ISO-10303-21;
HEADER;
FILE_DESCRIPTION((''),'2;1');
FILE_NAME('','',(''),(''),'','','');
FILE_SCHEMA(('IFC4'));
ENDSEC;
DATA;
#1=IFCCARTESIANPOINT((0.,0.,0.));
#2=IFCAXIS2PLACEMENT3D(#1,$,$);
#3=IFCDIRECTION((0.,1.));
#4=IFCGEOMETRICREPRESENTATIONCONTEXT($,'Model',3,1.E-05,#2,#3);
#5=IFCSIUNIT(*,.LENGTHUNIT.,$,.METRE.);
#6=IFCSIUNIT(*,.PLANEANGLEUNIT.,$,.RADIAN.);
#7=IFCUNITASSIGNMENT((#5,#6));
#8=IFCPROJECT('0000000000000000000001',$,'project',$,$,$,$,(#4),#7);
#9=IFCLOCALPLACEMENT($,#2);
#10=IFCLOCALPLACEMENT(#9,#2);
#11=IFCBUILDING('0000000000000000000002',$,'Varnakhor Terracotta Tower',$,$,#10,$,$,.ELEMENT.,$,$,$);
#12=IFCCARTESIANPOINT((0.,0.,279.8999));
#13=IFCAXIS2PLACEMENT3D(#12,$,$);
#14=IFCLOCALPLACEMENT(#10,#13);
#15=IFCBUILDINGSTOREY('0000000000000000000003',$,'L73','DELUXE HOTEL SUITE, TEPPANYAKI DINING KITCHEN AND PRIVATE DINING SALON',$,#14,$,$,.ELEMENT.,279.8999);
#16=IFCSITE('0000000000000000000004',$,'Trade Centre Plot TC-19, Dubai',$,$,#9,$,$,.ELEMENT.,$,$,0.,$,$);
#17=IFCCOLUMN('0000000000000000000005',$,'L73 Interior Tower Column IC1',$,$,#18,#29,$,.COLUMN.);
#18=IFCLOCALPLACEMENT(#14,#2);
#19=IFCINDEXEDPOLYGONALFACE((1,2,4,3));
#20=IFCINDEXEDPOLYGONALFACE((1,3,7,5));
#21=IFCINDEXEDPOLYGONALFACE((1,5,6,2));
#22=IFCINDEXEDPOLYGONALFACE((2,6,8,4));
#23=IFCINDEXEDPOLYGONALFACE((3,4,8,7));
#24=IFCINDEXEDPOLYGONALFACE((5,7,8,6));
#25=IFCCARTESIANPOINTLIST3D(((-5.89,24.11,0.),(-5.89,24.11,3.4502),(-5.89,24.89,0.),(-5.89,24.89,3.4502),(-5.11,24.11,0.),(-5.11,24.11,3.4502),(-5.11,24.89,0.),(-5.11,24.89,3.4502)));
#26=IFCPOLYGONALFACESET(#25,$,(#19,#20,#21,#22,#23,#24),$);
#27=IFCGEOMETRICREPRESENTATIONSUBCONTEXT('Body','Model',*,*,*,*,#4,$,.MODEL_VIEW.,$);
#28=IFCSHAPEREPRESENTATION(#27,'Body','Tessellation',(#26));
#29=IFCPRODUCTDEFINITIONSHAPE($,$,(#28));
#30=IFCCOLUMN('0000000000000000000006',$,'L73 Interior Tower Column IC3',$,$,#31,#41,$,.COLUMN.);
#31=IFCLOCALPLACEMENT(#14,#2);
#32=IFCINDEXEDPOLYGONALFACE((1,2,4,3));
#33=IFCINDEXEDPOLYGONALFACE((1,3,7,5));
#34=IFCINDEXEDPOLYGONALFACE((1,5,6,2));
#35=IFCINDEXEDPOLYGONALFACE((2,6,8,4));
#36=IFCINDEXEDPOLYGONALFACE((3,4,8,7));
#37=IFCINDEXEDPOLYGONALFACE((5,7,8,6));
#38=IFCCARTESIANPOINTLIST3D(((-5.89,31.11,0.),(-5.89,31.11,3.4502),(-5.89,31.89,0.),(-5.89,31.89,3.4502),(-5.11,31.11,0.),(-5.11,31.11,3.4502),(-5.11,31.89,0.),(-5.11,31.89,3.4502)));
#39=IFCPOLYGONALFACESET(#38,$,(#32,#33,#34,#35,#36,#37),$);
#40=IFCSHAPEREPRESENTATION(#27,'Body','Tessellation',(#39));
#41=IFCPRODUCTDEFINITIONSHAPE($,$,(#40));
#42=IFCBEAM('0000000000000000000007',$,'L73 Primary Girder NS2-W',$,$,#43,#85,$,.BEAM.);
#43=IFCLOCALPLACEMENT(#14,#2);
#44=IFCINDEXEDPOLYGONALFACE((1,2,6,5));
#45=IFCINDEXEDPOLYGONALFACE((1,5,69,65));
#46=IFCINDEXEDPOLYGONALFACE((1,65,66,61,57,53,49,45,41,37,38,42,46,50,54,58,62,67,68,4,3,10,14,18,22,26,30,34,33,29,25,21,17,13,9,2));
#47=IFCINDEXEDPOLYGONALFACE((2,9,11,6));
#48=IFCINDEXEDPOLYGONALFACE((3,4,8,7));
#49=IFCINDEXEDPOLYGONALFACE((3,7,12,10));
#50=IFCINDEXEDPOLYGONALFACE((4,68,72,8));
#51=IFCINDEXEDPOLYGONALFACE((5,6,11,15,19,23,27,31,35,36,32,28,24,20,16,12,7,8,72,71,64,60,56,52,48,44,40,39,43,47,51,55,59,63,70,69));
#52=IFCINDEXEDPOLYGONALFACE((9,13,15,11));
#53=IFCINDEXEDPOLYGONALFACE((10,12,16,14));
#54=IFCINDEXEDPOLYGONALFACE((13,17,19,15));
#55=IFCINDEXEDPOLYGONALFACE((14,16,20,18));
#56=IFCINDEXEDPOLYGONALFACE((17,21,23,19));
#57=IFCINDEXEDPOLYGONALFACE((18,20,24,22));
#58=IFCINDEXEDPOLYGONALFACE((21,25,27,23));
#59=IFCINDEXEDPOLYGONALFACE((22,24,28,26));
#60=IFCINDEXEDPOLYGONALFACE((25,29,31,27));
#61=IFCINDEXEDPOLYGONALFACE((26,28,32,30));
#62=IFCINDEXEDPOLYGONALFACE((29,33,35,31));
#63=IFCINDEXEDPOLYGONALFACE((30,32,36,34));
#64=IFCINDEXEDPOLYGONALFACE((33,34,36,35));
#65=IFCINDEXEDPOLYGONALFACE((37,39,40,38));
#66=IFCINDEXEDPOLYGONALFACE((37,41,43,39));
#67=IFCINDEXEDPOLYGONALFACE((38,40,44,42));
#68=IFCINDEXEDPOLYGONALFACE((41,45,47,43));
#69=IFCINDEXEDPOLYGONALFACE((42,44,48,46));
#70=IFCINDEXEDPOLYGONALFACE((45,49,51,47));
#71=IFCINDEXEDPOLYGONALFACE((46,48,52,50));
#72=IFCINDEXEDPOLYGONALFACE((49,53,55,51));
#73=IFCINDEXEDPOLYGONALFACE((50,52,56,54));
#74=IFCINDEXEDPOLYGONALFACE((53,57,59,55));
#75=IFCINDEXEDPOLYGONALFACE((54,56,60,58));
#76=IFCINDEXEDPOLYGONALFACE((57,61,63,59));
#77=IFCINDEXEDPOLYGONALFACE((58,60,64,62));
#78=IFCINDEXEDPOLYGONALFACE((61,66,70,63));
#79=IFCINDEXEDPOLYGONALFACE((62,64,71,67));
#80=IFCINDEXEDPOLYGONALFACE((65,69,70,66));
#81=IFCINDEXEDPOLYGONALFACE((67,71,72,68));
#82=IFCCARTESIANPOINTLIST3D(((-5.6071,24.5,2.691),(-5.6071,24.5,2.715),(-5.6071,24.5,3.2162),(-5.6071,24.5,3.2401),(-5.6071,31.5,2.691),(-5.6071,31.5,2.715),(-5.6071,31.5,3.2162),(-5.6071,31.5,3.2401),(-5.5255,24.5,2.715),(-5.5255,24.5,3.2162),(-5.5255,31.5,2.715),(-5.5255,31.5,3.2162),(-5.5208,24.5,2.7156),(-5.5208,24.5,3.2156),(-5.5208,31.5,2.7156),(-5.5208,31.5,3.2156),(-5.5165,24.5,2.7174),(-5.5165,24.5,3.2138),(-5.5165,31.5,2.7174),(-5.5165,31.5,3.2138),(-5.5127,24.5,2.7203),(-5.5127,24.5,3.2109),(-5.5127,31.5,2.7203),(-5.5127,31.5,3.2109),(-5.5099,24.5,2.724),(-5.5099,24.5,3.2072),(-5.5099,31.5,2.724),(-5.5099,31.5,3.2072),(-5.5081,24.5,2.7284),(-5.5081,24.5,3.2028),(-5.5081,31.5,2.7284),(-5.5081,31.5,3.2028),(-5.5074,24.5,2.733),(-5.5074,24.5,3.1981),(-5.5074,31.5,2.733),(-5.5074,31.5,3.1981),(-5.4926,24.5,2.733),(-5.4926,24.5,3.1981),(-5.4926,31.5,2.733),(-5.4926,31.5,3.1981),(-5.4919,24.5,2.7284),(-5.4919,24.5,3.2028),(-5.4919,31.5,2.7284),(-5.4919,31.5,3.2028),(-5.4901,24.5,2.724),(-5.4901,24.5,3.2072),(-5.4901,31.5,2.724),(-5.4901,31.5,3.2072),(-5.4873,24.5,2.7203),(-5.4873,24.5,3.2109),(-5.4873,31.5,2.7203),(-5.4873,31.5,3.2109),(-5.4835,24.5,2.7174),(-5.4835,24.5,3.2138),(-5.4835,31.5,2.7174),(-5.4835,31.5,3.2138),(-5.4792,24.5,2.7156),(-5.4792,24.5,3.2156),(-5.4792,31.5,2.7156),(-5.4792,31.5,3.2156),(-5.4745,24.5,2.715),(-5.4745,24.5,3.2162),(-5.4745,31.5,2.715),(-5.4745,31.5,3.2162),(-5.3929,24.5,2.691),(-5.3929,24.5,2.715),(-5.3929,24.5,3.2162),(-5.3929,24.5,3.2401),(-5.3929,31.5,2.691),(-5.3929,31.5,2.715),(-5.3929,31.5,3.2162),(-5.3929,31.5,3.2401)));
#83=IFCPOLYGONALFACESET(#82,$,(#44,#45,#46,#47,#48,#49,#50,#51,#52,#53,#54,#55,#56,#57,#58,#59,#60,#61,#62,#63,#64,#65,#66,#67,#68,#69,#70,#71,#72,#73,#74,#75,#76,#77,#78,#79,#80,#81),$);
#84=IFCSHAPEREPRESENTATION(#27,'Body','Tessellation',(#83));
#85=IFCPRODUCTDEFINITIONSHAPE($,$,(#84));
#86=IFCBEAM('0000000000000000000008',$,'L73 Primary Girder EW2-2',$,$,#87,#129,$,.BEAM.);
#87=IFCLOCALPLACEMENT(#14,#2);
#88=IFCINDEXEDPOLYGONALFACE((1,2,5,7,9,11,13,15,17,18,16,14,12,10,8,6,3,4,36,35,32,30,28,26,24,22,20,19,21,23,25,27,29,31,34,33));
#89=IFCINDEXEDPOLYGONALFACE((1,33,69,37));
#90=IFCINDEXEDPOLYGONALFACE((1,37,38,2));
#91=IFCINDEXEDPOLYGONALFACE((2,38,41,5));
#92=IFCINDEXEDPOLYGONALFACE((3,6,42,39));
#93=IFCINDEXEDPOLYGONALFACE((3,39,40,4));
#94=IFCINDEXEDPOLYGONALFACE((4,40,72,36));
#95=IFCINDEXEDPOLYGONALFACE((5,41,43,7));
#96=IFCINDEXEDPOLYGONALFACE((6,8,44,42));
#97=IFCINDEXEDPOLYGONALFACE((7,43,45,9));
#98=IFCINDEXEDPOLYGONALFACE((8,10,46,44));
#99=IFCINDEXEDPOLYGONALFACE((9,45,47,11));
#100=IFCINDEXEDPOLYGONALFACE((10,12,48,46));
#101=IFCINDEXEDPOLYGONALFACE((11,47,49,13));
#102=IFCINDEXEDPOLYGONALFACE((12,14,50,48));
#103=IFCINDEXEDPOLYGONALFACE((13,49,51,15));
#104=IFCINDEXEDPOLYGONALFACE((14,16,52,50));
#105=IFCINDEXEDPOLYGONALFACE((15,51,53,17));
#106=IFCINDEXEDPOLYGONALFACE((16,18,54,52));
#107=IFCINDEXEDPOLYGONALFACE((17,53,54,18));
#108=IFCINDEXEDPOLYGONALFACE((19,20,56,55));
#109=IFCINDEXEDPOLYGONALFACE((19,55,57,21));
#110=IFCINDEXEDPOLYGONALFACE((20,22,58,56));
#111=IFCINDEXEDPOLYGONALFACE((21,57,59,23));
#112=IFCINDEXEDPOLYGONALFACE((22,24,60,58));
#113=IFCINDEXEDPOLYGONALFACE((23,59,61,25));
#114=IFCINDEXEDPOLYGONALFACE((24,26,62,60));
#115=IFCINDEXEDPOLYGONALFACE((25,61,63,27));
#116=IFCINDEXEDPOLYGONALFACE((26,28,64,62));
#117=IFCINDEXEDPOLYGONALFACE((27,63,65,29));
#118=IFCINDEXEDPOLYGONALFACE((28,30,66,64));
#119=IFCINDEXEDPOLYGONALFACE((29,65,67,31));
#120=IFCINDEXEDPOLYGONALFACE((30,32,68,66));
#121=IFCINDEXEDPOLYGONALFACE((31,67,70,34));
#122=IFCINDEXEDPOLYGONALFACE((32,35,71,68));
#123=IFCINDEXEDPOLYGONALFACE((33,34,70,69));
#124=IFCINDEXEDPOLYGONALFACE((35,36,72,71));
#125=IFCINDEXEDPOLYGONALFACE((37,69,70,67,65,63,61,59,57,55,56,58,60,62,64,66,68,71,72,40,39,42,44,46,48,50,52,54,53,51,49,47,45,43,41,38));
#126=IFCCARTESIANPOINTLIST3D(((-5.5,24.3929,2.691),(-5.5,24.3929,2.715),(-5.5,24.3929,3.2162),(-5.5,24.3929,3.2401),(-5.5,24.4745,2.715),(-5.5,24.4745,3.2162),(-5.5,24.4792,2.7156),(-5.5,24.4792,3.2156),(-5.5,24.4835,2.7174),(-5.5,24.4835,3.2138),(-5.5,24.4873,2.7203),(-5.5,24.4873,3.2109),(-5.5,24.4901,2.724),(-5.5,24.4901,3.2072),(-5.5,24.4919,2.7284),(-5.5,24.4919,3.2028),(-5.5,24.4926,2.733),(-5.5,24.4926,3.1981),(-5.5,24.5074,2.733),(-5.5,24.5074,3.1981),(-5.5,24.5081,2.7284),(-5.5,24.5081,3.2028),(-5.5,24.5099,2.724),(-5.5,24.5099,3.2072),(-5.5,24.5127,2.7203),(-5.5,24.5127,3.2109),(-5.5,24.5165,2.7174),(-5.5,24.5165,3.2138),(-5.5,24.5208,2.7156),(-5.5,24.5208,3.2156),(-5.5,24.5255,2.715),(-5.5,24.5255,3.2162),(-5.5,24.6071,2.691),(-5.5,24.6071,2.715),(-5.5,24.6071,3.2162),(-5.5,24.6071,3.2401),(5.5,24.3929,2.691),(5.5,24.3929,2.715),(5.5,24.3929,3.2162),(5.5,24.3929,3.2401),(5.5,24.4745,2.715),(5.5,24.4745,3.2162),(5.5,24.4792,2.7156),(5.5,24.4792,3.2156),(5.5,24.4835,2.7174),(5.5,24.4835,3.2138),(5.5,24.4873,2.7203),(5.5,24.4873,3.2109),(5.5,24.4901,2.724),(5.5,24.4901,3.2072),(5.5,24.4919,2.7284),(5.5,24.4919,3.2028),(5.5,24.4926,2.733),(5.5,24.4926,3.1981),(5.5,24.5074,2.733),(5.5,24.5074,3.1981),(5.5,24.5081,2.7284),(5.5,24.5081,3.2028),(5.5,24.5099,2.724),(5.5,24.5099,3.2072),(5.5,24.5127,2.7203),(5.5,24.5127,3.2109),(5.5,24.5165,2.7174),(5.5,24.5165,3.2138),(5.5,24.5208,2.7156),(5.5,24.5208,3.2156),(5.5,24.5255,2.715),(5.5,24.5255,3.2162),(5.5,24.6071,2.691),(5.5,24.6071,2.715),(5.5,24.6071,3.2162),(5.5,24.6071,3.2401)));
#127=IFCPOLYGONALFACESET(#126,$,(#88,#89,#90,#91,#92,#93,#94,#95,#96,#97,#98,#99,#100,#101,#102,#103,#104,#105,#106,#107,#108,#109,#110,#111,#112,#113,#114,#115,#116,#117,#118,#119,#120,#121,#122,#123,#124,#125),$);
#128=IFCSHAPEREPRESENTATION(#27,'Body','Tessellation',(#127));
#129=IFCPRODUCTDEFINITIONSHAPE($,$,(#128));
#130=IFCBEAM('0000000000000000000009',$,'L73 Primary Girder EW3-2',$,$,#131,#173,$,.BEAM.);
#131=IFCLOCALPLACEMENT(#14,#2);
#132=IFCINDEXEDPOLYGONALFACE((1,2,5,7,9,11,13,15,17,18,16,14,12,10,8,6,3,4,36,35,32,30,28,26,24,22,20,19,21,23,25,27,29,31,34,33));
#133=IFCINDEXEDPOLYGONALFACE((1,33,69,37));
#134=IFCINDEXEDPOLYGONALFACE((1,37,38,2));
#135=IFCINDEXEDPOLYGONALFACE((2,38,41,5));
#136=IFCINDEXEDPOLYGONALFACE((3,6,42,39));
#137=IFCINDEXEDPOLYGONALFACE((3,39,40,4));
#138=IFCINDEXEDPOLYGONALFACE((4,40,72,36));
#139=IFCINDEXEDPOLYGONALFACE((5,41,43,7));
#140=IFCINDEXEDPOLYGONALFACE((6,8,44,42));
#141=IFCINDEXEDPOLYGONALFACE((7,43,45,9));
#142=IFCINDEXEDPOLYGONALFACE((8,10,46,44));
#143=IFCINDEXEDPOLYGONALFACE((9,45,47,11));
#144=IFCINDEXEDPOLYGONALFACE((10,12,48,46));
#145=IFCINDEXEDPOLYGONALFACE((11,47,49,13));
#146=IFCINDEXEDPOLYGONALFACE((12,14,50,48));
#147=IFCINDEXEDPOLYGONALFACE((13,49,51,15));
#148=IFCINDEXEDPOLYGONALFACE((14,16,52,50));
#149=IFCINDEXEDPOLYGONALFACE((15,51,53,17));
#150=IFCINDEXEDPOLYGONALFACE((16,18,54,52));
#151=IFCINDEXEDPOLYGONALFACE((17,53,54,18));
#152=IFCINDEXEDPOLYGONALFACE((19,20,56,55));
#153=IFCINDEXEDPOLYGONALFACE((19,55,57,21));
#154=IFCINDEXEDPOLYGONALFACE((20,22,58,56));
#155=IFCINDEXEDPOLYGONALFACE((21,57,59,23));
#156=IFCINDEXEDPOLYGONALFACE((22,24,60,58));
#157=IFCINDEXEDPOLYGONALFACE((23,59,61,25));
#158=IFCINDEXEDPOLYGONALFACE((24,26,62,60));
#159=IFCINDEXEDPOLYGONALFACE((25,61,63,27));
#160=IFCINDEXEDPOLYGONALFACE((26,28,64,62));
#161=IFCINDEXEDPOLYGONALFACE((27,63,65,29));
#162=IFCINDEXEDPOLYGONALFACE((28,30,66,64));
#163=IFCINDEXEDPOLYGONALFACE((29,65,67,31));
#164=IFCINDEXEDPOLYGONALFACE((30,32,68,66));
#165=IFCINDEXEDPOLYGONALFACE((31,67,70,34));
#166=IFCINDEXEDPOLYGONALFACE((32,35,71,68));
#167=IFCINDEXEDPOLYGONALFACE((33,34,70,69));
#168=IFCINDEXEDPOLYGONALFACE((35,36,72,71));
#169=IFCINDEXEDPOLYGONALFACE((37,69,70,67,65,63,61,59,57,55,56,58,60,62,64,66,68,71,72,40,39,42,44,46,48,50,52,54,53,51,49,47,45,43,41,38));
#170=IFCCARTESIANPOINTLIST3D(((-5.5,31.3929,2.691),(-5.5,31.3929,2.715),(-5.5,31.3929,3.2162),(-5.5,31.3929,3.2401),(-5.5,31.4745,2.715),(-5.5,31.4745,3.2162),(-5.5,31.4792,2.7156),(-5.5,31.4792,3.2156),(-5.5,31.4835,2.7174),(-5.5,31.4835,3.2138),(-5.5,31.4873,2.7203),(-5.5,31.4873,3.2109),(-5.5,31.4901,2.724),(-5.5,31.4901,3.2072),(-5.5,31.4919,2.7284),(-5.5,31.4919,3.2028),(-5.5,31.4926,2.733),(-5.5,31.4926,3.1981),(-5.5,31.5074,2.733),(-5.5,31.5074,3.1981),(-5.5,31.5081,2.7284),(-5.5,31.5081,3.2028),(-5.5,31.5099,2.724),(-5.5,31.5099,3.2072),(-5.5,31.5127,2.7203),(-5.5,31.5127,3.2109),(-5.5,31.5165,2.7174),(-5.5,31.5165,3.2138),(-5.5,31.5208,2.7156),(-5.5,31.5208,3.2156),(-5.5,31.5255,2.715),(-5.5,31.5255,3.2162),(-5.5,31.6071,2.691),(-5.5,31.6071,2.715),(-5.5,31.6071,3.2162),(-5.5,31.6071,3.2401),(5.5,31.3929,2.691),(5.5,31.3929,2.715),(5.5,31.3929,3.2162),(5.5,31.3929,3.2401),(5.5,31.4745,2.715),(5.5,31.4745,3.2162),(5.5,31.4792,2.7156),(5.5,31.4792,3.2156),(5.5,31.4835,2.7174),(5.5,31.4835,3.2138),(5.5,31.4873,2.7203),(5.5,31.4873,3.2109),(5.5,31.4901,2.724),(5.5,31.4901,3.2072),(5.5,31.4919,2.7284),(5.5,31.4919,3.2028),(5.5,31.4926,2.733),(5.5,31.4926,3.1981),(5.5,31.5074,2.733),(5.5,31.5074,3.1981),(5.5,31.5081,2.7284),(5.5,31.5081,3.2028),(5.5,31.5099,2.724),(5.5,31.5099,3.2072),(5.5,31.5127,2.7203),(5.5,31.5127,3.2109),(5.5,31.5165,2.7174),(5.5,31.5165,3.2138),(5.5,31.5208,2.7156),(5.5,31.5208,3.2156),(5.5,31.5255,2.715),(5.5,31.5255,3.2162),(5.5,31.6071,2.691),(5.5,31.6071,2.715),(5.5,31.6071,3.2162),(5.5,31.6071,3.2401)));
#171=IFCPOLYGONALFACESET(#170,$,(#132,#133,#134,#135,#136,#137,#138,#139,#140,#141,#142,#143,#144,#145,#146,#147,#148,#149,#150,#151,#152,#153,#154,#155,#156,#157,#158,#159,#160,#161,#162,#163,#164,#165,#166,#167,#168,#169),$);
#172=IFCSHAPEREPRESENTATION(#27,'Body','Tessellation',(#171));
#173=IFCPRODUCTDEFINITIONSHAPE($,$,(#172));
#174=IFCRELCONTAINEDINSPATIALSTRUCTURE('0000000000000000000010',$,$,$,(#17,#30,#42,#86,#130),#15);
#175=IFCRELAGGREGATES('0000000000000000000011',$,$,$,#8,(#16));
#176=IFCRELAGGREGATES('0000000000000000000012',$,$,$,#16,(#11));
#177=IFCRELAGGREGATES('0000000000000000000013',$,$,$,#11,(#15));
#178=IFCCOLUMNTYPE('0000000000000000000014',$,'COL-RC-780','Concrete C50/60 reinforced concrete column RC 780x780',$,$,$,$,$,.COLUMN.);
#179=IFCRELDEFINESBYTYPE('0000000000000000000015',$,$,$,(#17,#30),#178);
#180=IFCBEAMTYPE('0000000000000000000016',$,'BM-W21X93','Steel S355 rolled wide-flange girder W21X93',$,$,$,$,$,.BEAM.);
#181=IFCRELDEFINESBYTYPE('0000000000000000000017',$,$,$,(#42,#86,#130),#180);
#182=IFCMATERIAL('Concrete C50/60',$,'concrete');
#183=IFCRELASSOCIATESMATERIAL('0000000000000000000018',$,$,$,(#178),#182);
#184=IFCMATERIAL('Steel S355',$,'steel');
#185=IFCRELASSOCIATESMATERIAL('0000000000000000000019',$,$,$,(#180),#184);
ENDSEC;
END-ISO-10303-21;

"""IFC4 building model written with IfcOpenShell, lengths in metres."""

from ifc_helpers import new_model, si_unit, direction, frame, origin, origin_2d, place, context, subcontext, project, spatial, rectangle, i_section, extrude, source, transform, mapped, material, material_profile, profile_set, type_object, element, save


model = new_model("IFC4")

# Units and contexts
model_context = context("Model", 3, precision=1e-05, world=origin(), true_north=direction((0.0, 1.0)))
body_context = subcontext(model_context, "Body", "Model", "MODEL_VIEW")
ifc_project = project(units=[si_unit("LENGTHUNIT", "METRE"), si_unit("PLANEANGLEUNIT", "RADIAN")], contexts=[model_context])

# Site, building, storey
site_placement = place(None, origin())
site = spatial("IfcSite", under=ifc_project, at=site_placement, Name="Trade Centre Plot TC-19, Dubai", CompositionType="ELEMENT", RefElevation=0.0)
building_placement = place(site_placement, origin())
building = spatial("IfcBuilding", under=site, at=building_placement, Name="Varnakhor Terracotta Tower", CompositionType="ELEMENT")
storey_placement = place(building_placement, frame((0.0, 0.0, 279.8999)))
storey = spatial("IfcBuildingStorey", under=building, at=storey_placement, Name="L73", Description="DELUXE HOTEL SUITE, TEPPANYAKI DINING KITCHEN AND PRIVATE DINING SALON", CompositionType="ELEMENT", Elevation=279.8999)

# Columns
ifc_material_1 = material(Name="Concrete C50/60", Category="concrete")
ifc_material_profile_1 = material_profile(ifc_material_1, rectangle(XDim=0.78, YDim=0.78, at=origin_2d()), Name="RC 780x780")
ifc_profile_set_1 = profile_set([ifc_material_profile_1], Name="Concrete C50/60")
column_type = type_object("IfcColumnType", Name="COL-RC-780", Description="Concrete C50/60 reinforced concrete column RC 780x780", PredefinedType="COLUMN", material=ifc_profile_set_1)
shared_shape_1 = source(origin(), body_context, "Body", "SweptSolid", [
    extrude(rectangle(XDim=0.78, YDim=0.78, at=origin_2d()), origin(), (0.0, 0.0, 1.0), 3.4502),
])
for number, where, z_axis, x_axis, name in (
    (1, (-5.5, 24.5, 0.0), (0.0, 0.0, 1.0), (1.0, 0.0, 0.0), "L73 Interior Tower Column IC1"),
    (2, (-5.5, 31.5, 0.0), (0.0, 0.0, 1.0), (1.0, 0.0, 0.0), "L73 Interior Tower Column IC3"),
):
    element("IfcColumn", number, at=place(storey_placement, frame(where, z_axis=z_axis, x_axis=x_axis)), inside=storey, type_object=column_type, Name=name, PredefinedType="COLUMN", context=body_context, shape_type="MappedRepresentation", body=[
        mapped(shared_shape_1, transform((0.0, 0.0, 0.0), scale=1.0)),
    ])

# Beams
ifc_material_2 = material(Name="Steel S355", Category="steel")
ifc_material_profile_2 = material_profile(ifc_material_2, i_section(OverallWidth=0.2141, OverallDepth=0.5491, WebThickness=0.0149, FlangeThickness=0.0239, FilletRadius=0.0181, at=origin_2d()), Name="W21X93")
ifc_profile_set_2 = profile_set([ifc_material_profile_2], Name="Steel S355")
beam_type_1 = type_object("IfcBeamType", Name="BM-W21X93", Description="Steel S355 rolled wide-flange girder W21X93", PredefinedType="BEAM", material=ifc_profile_set_2)
shared_shape_2 = source(origin(), body_context, "Body", "SweptSolid", [
    extrude(i_section(OverallWidth=0.2141, OverallDepth=0.5491, WebThickness=0.0149, FlangeThickness=0.0239, FilletRadius=0.0181, at=origin_2d()), origin(), (0.0, 0.0, 1.0), 7.0),
])
beam_1_placement = place(storey_placement, frame((-5.5, 24.5, 2.9656), z_axis=(0.0, 1.0, 0.0), x_axis=(-1.0, 0.0, 0.0)))
element("IfcBeam", 3, at=beam_1_placement, inside=storey, type_object=beam_type_1, Name="L73 Primary Girder NS2-W", PredefinedType="BEAM", context=body_context, shape_type="MappedRepresentation", body=[
    mapped(shared_shape_2, transform((0.0, 0.0, 0.0), scale=1.0)),
])
shared_shape_3 = source(origin(), body_context, "Body", "SweptSolid", [
    extrude(i_section(OverallWidth=0.2141, OverallDepth=0.5491, WebThickness=0.0149, FlangeThickness=0.0239, FilletRadius=0.0181, at=origin_2d()), origin(), (0.0, 0.0, 1.0), 11.0),
])
for number, where, z_axis, x_axis, name in (
    (4, (-5.5, 24.5, 2.9656), (1.0, 0.0, 0.0), (0.0, 1.0, 0.0), "L73 Primary Girder EW2-2"),
    (5, (-5.5, 31.5, 2.9656), (1.0, 0.0, 0.0), (0.0, 1.0, 0.0), "L73 Primary Girder EW3-2"),
):
    element("IfcBeam", number, at=place(storey_placement, frame(where, z_axis=z_axis, x_axis=x_axis)), inside=storey, type_object=beam_type_1, Name=name, PredefinedType="BEAM", context=body_context, shape_type="MappedRepresentation", body=[
        mapped(shared_shape_3, transform((0.0, 0.0, 0.0), scale=1.0)),
    ])

save(model, "model.ifc")
